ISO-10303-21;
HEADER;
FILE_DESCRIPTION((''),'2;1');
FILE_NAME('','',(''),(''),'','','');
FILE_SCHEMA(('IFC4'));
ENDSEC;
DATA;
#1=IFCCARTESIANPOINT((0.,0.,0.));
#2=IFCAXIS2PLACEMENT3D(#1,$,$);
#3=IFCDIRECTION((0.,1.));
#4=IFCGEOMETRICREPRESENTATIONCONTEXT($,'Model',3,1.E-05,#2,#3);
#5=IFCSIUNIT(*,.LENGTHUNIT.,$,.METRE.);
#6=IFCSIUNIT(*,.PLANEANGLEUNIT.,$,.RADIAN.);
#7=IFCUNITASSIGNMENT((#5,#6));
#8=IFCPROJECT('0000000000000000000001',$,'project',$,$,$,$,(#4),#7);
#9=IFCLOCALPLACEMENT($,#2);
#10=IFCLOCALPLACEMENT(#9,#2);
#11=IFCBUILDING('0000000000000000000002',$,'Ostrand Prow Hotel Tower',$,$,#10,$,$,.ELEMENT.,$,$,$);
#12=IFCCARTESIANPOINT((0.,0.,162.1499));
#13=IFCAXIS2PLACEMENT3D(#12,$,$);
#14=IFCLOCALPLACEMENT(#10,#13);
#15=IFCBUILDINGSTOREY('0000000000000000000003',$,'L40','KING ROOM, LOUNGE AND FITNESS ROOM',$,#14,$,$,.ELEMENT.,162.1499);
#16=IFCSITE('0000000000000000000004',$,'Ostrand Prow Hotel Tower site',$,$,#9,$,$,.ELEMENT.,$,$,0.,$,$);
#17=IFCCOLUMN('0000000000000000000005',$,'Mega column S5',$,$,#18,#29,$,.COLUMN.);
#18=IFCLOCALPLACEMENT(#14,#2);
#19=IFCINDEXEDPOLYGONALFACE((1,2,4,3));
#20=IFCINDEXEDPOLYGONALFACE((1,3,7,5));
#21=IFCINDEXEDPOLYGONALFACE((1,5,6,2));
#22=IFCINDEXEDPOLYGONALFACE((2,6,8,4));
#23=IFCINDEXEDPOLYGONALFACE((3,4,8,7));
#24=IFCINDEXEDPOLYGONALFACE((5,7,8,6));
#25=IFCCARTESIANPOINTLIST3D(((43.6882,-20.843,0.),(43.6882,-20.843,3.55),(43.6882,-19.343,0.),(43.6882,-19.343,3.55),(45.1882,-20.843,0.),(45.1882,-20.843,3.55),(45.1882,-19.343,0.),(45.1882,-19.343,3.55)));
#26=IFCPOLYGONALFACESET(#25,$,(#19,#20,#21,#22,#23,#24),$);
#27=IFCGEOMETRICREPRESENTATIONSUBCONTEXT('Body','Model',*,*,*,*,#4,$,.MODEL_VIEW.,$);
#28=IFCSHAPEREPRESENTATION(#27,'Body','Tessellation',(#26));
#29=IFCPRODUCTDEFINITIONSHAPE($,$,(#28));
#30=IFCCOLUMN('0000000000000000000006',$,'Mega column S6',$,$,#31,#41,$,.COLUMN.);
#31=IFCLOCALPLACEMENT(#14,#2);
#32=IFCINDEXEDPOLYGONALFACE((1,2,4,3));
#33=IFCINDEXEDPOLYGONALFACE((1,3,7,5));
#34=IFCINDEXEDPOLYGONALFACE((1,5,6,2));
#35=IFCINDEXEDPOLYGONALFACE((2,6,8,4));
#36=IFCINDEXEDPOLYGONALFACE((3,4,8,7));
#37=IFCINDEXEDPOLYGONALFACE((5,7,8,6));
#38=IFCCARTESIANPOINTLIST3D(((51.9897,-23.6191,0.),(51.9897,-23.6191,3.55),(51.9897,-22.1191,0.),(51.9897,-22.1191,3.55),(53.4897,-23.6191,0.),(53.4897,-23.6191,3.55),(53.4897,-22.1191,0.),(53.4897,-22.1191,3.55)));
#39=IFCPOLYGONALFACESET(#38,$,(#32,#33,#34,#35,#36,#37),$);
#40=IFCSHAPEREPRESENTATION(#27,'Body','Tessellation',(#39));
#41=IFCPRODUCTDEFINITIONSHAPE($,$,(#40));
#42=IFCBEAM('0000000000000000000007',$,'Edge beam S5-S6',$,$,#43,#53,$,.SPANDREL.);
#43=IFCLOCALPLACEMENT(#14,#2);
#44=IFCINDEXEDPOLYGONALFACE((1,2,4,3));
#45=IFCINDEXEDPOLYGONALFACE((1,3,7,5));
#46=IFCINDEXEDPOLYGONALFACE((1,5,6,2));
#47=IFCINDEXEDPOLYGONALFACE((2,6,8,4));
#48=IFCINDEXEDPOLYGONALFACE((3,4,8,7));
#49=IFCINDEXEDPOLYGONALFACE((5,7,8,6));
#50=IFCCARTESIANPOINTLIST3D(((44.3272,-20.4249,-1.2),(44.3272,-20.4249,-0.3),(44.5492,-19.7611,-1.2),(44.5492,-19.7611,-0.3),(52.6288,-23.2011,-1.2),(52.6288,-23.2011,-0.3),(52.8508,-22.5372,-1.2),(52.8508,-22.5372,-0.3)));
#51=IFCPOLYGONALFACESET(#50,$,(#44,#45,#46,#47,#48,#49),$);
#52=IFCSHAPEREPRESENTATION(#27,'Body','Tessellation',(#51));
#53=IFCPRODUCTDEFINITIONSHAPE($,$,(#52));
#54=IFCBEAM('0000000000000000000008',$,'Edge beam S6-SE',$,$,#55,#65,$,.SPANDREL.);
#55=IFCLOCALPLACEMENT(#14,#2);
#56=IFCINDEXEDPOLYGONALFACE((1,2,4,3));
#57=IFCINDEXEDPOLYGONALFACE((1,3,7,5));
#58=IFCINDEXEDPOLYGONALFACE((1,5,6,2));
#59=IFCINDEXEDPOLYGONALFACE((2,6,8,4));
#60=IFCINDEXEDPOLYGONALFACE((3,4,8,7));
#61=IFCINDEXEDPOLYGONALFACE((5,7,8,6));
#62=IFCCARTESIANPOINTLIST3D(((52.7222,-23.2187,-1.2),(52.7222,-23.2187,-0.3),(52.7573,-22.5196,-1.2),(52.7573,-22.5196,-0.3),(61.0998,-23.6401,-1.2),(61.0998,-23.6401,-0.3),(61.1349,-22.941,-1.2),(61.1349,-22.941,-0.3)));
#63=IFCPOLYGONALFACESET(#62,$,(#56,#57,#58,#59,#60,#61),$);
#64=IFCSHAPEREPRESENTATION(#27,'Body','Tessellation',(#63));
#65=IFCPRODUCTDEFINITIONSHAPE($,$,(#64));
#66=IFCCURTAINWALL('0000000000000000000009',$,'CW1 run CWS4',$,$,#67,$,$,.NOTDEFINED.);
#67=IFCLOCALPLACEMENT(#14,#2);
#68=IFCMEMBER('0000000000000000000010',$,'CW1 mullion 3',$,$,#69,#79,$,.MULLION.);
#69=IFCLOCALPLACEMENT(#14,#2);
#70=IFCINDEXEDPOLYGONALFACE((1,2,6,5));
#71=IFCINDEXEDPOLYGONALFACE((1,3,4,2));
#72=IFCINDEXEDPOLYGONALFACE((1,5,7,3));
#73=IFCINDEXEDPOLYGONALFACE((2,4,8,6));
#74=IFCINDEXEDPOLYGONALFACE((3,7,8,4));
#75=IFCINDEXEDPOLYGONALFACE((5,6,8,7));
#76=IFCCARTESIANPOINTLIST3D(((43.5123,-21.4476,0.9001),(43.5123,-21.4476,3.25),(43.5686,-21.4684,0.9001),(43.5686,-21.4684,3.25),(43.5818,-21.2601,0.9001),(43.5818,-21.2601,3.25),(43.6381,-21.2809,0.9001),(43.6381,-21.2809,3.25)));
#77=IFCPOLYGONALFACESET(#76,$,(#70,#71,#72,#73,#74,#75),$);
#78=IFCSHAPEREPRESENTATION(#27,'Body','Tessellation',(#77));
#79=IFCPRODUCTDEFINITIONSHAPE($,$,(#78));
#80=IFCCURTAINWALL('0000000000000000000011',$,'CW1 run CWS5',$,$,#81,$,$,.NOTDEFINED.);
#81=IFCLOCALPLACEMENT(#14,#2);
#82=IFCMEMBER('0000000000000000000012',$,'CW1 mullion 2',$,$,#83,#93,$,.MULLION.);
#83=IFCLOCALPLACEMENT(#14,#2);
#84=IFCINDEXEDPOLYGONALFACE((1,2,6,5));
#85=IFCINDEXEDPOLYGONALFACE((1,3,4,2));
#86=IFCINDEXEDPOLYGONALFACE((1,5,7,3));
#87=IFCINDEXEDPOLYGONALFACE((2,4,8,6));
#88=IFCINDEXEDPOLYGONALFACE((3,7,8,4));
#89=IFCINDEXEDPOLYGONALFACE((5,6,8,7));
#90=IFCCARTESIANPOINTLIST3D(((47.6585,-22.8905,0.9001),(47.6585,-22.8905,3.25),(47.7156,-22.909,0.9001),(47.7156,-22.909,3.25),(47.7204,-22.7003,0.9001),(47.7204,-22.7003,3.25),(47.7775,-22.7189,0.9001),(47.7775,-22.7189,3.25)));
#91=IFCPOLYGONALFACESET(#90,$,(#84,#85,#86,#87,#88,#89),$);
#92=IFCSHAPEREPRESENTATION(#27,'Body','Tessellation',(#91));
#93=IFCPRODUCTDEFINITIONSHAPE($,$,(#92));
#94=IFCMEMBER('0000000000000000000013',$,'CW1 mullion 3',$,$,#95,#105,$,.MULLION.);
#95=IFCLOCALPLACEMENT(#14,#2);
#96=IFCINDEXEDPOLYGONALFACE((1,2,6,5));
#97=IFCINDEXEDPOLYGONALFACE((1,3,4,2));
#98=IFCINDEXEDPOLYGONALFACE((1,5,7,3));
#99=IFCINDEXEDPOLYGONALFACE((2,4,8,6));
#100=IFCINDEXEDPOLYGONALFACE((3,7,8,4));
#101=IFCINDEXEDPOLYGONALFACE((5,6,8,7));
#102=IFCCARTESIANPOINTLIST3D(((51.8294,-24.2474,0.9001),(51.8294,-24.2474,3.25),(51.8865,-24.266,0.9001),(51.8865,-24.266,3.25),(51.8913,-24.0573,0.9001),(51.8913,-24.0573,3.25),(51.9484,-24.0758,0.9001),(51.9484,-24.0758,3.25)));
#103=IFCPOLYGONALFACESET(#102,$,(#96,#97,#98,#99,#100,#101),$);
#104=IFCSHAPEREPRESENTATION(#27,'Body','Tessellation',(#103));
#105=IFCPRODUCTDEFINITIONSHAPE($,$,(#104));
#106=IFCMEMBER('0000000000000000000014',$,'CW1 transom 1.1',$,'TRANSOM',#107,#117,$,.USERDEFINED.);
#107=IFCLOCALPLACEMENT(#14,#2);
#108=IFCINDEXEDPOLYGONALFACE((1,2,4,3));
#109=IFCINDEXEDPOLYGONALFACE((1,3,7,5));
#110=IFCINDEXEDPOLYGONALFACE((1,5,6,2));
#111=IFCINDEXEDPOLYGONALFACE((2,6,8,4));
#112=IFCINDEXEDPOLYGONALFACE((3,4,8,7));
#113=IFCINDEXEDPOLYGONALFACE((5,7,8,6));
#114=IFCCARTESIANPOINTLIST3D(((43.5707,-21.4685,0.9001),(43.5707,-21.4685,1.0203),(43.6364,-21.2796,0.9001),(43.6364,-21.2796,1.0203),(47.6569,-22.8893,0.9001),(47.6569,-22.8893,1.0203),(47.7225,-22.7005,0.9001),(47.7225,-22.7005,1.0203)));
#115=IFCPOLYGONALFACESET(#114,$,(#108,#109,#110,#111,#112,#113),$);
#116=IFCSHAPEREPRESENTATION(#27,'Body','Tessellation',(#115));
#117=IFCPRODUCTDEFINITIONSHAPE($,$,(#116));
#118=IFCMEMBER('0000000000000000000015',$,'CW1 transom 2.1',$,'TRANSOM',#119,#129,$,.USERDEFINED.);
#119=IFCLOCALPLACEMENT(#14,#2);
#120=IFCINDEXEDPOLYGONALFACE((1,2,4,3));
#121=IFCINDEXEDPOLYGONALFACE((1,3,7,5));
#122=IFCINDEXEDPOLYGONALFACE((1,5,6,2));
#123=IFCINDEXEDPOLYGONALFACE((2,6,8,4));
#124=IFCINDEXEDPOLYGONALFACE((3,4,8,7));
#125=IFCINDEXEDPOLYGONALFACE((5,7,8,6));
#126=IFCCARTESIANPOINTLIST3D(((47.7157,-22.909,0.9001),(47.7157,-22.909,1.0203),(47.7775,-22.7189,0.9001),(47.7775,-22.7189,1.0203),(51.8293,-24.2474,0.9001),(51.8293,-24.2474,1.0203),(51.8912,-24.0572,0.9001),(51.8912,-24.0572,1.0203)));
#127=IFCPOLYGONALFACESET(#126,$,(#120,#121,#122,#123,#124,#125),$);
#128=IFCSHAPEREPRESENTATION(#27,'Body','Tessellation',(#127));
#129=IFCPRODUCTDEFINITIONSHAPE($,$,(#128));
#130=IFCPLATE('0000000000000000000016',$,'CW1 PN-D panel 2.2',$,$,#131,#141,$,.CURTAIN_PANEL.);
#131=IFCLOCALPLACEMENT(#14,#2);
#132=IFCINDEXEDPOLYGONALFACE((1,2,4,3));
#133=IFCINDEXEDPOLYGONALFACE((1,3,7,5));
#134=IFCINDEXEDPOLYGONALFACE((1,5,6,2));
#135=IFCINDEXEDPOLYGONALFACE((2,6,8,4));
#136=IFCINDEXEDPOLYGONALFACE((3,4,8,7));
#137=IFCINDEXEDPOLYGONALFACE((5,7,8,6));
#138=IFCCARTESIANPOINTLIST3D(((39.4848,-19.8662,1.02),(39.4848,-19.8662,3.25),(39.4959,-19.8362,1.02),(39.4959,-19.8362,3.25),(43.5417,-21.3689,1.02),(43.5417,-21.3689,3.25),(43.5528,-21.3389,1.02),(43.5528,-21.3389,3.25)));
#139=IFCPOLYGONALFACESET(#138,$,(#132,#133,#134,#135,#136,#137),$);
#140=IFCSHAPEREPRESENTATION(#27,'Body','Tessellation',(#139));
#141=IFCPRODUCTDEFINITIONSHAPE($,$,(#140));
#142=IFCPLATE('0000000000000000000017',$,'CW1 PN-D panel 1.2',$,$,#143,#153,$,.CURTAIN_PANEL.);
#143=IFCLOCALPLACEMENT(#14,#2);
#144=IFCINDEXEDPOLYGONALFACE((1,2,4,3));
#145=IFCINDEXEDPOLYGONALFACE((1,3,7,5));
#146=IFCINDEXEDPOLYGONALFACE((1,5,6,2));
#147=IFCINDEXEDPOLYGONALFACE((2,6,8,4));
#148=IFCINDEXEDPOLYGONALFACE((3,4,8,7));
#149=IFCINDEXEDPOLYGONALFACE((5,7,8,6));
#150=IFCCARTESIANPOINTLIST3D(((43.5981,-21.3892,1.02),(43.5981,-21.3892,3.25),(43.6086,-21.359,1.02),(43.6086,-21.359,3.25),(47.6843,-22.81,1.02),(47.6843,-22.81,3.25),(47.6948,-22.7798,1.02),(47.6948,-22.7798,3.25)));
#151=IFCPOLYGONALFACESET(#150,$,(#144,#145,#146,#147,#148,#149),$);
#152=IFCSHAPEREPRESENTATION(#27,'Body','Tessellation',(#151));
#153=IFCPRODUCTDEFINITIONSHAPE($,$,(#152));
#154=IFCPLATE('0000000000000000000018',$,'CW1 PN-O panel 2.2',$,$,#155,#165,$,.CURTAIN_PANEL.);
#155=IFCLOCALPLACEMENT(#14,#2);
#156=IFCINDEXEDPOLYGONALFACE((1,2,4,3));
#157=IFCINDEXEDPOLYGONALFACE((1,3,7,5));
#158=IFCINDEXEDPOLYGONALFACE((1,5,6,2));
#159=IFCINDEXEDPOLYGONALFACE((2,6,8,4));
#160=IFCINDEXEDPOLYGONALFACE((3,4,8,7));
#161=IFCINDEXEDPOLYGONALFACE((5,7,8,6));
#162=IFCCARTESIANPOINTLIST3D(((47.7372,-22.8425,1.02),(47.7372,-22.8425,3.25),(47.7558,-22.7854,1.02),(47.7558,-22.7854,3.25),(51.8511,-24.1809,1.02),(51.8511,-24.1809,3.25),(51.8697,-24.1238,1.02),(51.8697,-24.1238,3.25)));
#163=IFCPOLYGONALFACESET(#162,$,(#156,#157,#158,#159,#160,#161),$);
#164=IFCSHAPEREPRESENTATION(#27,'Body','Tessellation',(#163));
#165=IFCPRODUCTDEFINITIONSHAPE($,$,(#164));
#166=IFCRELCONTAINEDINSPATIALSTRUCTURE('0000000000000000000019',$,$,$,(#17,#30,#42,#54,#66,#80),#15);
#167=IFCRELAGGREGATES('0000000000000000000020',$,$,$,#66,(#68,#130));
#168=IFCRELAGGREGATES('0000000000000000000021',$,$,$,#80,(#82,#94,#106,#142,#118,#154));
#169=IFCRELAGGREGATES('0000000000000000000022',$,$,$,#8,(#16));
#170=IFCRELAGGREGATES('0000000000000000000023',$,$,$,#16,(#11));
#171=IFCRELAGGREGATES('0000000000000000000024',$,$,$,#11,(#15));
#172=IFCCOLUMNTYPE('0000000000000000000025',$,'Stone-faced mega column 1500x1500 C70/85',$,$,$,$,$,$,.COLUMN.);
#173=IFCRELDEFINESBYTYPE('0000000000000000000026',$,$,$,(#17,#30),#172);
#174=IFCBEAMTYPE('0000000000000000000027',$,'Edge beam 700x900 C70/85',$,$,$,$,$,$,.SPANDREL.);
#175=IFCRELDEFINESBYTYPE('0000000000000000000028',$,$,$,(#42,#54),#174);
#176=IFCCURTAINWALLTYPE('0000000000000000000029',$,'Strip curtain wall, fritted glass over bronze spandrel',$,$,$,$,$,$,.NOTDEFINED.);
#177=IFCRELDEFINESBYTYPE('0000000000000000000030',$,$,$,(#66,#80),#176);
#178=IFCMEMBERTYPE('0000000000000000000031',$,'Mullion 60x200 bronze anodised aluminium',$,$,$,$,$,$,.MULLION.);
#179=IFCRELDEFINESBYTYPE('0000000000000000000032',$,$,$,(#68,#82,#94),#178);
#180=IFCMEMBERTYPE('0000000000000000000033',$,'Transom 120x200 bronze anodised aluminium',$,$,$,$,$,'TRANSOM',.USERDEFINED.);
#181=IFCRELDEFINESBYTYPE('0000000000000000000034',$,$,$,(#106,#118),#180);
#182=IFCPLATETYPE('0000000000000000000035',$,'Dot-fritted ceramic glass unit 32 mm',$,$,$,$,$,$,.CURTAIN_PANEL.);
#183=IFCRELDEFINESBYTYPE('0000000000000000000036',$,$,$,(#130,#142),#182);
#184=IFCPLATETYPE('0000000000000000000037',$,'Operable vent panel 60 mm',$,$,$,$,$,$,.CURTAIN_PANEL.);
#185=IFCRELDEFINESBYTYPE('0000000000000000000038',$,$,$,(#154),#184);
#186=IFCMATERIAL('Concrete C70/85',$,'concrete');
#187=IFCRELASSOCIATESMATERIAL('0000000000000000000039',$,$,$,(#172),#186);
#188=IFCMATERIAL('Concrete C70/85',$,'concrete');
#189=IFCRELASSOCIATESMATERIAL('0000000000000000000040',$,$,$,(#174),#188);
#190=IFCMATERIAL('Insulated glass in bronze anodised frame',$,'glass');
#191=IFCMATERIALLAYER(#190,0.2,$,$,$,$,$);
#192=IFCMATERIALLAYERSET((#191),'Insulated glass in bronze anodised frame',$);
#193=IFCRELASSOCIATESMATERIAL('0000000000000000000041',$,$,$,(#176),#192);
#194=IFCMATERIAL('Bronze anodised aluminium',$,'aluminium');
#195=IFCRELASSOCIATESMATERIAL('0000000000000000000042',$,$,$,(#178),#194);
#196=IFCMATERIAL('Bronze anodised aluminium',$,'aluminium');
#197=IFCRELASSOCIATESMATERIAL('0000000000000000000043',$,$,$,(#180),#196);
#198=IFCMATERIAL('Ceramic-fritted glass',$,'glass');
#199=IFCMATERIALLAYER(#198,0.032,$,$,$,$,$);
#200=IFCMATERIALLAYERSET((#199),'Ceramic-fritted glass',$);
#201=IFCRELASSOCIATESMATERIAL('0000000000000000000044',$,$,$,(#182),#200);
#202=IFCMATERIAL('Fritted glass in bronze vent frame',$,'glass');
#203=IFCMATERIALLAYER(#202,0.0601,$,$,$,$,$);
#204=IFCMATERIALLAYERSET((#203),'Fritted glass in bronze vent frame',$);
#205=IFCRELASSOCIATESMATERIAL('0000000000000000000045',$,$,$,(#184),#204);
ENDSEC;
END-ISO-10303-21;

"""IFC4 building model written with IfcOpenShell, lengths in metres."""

from ifc_helpers import new_model, si_unit, direction, frame, origin, origin_2d, place, context, subcontext, project, spatial, rectangle, extrude, material, layer, layer_set, material_profile, profile_set, type_object, element, aggregate, save


model = new_model("IFC4")

# Units and contexts
model_context = context("Model", 3, precision=1e-05, world=origin(), true_north=direction((0.0, 1.0)))
body_context = subcontext(model_context, "Body", "Model", "MODEL_VIEW")
ifc_project = project(units=[si_unit("LENGTHUNIT", "METRE"), si_unit("PLANEANGLEUNIT", "RADIAN")], contexts=[model_context])

# Site, building, storey
site_placement = place(None, origin())
site = spatial("IfcSite", under=ifc_project, at=site_placement, Name="Ostrand Prow Hotel Tower site", CompositionType="ELEMENT", RefElevation=0.0)
building_placement = place(site_placement, origin())
building = spatial("IfcBuilding", under=site, at=building_placement, Name="Ostrand Prow Hotel Tower", CompositionType="ELEMENT")
storey_placement = place(building_placement, frame((0.0, 0.0, 162.1499)))
storey = spatial("IfcBuildingStorey", under=building, at=storey_placement, Name="L40", Description="KING ROOM, LOUNGE AND FITNESS ROOM", CompositionType="ELEMENT", Elevation=162.1499)

# Columns
ifc_material_1 = material(Name="Concrete C70/85", Category="concrete")
ifc_material_profile_1 = material_profile(ifc_material_1, rectangle(XDim=1.5, YDim=1.5, at=origin_2d()), Name="RC 1500x1500")
ifc_profile_set_1 = profile_set([ifc_material_profile_1], Name="Concrete C70/85")
column_type = type_object("IfcColumnType", Name="Stone-faced mega column 1500x1500 C70/85", PredefinedType="COLUMN", material=ifc_profile_set_1)
for number, where, z_axis, x_axis, name in (
    (1, (44.4382, -20.093, 0.0), (0.0, 0.0, 1.0), (1.0, 0.0, 0.0), "Mega column S5"),
    (2, (52.7397, -22.8691, 0.0), (0.0, 0.0, 1.0), (1.0, 0.0, 0.0), "Mega column S6"),
):
    element("IfcColumn", number, at=place(storey_placement, frame(where, z_axis=z_axis, x_axis=x_axis)), inside=storey, type_object=column_type, Name=name, PredefinedType="COLUMN", context=body_context, shape_type="SweptSolid", body=[
        extrude(rectangle(XDim=1.5, YDim=1.5, at=origin_2d()), origin(), (0.0, 0.0, 1.0), 3.55),
    ])

# Beams
ifc_material_2 = material(Name="Concrete C70/85", Category="concrete")
ifc_material_profile_2 = material_profile(ifc_material_2, rectangle(XDim=0.7, YDim=0.8999, at=origin_2d()), Name="RC 700x900")
ifc_profile_set_2 = profile_set([ifc_material_profile_2], Name="Concrete C70/85")
beam_type = type_object("IfcBeamType", Name="Edge beam 700x900 C70/85", PredefinedType="SPANDREL", material=ifc_profile_set_2)
beam_1_placement = place(storey_placement, frame((44.4382, -20.093, -0.75), z_axis=(0.948376, -0.317148, 0.0), x_axis=(0.317148, 0.948376, 0.0)))
element("IfcBeam", 3, at=beam_1_placement, inside=storey, type_object=beam_type, Name="Edge beam S5-S6", PredefinedType="SPANDREL", context=body_context, shape_type="SweptSolid", body=[
    extrude(rectangle(XDim=0.7, YDim=0.8999, at=origin_2d()), origin(), (0.0, 0.0, 1.0), 8.7534),
])
beam_2_placement = place(storey_placement, frame((52.7397, -22.8691, -0.75), z_axis=(0.998737, -0.050235, 0.0), x_axis=(0.050235, 0.998737, 0.0)))
element("IfcBeam", 4, at=beam_2_placement, inside=storey, type_object=beam_type, Name="Edge beam S6-SE", PredefinedType="SPANDREL", context=body_context, shape_type="SweptSolid", body=[
    extrude(rectangle(XDim=0.7, YDim=0.8999, at=origin_2d()), origin(), (0.0, 0.0, 1.0), 8.3882),
])

# Curtain wall, member
ifc_material_3 = material(Name="Insulated glass in bronze anodised frame", Category="glass")
ifc_layer_1 = layer(ifc_material_3, 0.2)
ifc_layer_set_1 = layer_set([ifc_layer_1], Name="Insulated glass in bronze anodised frame")
curtain_wall_type = type_object("IfcCurtainWallType", Name="Strip curtain wall, fritted glass over bronze spandrel", PredefinedType="NOTDEFINED", material=ifc_layer_set_1)
curtain_wall_1_placement = place(storey_placement, origin())
curtain_wall_1 = element("IfcCurtainWall", 5, at=curtain_wall_1_placement, inside=storey, type_object=curtain_wall_type, Name="CW1 run CWS4", PredefinedType="NOTDEFINED")
ifc_material_4 = material(Name="Bronze anodised aluminium", Category="aluminium")
ifc_material_profile_3 = material_profile(ifc_material_4, rectangle(XDim=0.2, YDim=0.0601, at=origin_2d()), Name="Mullion 60x200 bronze anodised aluminium")
ifc_profile_set_3 = profile_set([ifc_material_profile_3], Name="Bronze anodised aluminium")
member_type_1 = type_object("IfcMemberType", Name="Mullion 60x200 bronze anodised aluminium", PredefinedType="MULLION", material=ifc_profile_set_3)
member_1_placement = place(storey_placement, frame((43.5752, -21.3643, 0.9001), z_axis=(0.0, 0.0, 1.0), x_axis=(0.347342, 0.937739, 0.0)))
member_1 = element("IfcMember", 6, at=member_1_placement, type_object=member_type_1, Name="CW1 mullion 3", PredefinedType="MULLION", context=body_context, shape_type="SweptSolid", body=[
    extrude(rectangle(XDim=0.2, YDim=0.0601, at=origin_2d()), origin(), (0.0, 0.0, 1.0), 2.3499),
])

# Curtain wall, members
curtain_wall_2_placement = place(storey_placement, origin())
curtain_wall_2 = element("IfcCurtainWall", 7, at=curtain_wall_2_placement, inside=storey, type_object=curtain_wall_type, Name="CW1 run CWS5", PredefinedType="NOTDEFINED")
member_2_placement = place(storey_placement, frame((47.718, -22.8047, 0.9001), z_axis=(0.0, 0.0, 1.0), x_axis=(0.30938, 0.950938, 0.0)))
member_2 = element("IfcMember", 8, at=member_2_placement, type_object=member_type_1, Name="CW1 mullion 2", PredefinedType="MULLION", context=body_context, shape_type="SweptSolid", body=[
    extrude(rectangle(XDim=0.2, YDim=0.0601, at=origin_2d()), origin(), (0.0, 0.0, 1.0), 2.3499),
])
member_3_placement = place(storey_placement, frame((51.8889, -24.1616, 0.9001), z_axis=(0.0, 0.0, 1.0), x_axis=(0.30938, 0.950938, 0.0)))
member_3 = element("IfcMember", 9, at=member_3_placement, type_object=member_type_1, Name="CW1 mullion 3", PredefinedType="MULLION", context=body_context, shape_type="SweptSolid", body=[
    extrude(rectangle(XDim=0.2, YDim=0.0601, at=origin_2d()), origin(), (0.0, 0.0, 1.0), 2.3499),
])
ifc_material_5 = material(Name="Bronze anodised aluminium", Category="aluminium")
ifc_material_profile_4 = material_profile(ifc_material_5, rectangle(XDim=0.2, YDim=0.1201, at=origin_2d()), Name="Transom 120x200 bronze anodised aluminium")
ifc_profile_set_4 = profile_set([ifc_material_profile_4], Name="Bronze anodised aluminium")
member_type_2 = type_object("IfcMemberType", Name="Transom 120x200 bronze anodised aluminium", ElementType="TRANSOM", PredefinedType="USERDEFINED", material=ifc_profile_set_4)
member_4_placement = place(storey_placement, frame((43.6035, -21.374, 0.9602), z_axis=(0.944524, -0.328442, 0.0), x_axis=(0.328442, 0.944524, 0.0)))
member_4 = element("IfcMember", 10, at=member_4_placement, type_object=member_type_2, Name="CW1 transom 1.1", ObjectType="TRANSOM", PredefinedType="USERDEFINED", context=body_context, shape_type="SweptSolid", body=[
    extrude(rectangle(XDim=0.2, YDim=0.1201, at=origin_2d()), origin(), (0.0, 0.0, 1.0), 4.3262),
])
member_5_placement = place(storey_placement, frame((47.7466, -22.814, 0.9602), z_axis=(0.950939, -0.30938, 0.0), x_axis=(0.30938, 0.950939, 0.0)))
member_5 = element("IfcMember", 11, at=member_5_placement, type_object=member_type_2, Name="CW1 transom 2.1", ObjectType="TRANSOM", PredefinedType="USERDEFINED", context=body_context, shape_type="SweptSolid", body=[
    extrude(rectangle(XDim=0.2, YDim=0.1201, at=origin_2d()), origin(), (0.0, 0.0, 1.0), 4.3259),
])

# Plates
ifc_material_6 = material(Name="Ceramic-fritted glass", Category="glass")
ifc_layer_2 = layer(ifc_material_6, 0.032)
ifc_layer_set_2 = layer_set([ifc_layer_2], Name="Ceramic-fritted glass")
plate_type_1 = type_object("IfcPlateType", Name="Dot-fritted ceramic glass unit 32 mm", PredefinedType="CURTAIN_PANEL", material=ifc_layer_set_2)
plate_1_placement = place(storey_placement, frame((41.5188, -20.6025, 1.02), z_axis=(0.0, 0.0, 1.0), x_axis=(0.937739, -0.347342, 0.0)))
plate_1 = element("IfcPlate", 12, at=plate_1_placement, type_object=plate_type_1, Name="CW1 PN-D panel 2.2", PredefinedType="CURTAIN_PANEL", context=body_context, shape_type="SweptSolid", body=[
    extrude(rectangle(XDim=4.3262, YDim=0.032, at=origin_2d()), origin(), (0.0, 0.0, 1.0), 2.23),
])
aggregate(curtain_wall_1, [member_1, plate_1])
plate_2_placement = place(storey_placement, frame((45.6465, -22.0845, 1.02), z_axis=(0.0, 0.0, 1.0), x_axis=(0.944529, -0.328428, 0.0)))
plate_2 = element("IfcPlate", 13, at=plate_2_placement, type_object=plate_type_1, Name="CW1 PN-D panel 1.2", PredefinedType="CURTAIN_PANEL", context=body_context, shape_type="SweptSolid", body=[
    extrude(rectangle(XDim=4.3262, YDim=0.032, at=origin_2d()), origin(), (0.0, 0.0, 1.0), 2.23),
])
ifc_material_7 = material(Name="Fritted glass in bronze vent frame", Category="glass")
ifc_layer_3 = layer(ifc_material_7, 0.0601)
ifc_layer_set_3 = layer_set([ifc_layer_3], Name="Fritted glass in bronze vent frame")
plate_type_2 = type_object("IfcPlateType", Name="Operable vent panel 60 mm", PredefinedType="CURTAIN_PANEL", material=ifc_layer_set_3)
plate_3_placement = place(storey_placement, frame((49.8035, -23.4832, 1.02), z_axis=(0.0, 0.0, 1.0), x_axis=(0.950938, -0.30938, 0.0)))
plate_3 = element("IfcPlate", 14, at=plate_3_placement, type_object=plate_type_2, Name="CW1 PN-O panel 2.2", PredefinedType="CURTAIN_PANEL", context=body_context, shape_type="SweptSolid", body=[
    extrude(rectangle(XDim=4.3262, YDim=0.0601, at=origin_2d()), origin(), (0.0, 0.0, 1.0), 2.23),
])
aggregate(curtain_wall_2, [member_2, member_3, member_4, plate_2, member_5, plate_3])

save(model, "model.ifc")
